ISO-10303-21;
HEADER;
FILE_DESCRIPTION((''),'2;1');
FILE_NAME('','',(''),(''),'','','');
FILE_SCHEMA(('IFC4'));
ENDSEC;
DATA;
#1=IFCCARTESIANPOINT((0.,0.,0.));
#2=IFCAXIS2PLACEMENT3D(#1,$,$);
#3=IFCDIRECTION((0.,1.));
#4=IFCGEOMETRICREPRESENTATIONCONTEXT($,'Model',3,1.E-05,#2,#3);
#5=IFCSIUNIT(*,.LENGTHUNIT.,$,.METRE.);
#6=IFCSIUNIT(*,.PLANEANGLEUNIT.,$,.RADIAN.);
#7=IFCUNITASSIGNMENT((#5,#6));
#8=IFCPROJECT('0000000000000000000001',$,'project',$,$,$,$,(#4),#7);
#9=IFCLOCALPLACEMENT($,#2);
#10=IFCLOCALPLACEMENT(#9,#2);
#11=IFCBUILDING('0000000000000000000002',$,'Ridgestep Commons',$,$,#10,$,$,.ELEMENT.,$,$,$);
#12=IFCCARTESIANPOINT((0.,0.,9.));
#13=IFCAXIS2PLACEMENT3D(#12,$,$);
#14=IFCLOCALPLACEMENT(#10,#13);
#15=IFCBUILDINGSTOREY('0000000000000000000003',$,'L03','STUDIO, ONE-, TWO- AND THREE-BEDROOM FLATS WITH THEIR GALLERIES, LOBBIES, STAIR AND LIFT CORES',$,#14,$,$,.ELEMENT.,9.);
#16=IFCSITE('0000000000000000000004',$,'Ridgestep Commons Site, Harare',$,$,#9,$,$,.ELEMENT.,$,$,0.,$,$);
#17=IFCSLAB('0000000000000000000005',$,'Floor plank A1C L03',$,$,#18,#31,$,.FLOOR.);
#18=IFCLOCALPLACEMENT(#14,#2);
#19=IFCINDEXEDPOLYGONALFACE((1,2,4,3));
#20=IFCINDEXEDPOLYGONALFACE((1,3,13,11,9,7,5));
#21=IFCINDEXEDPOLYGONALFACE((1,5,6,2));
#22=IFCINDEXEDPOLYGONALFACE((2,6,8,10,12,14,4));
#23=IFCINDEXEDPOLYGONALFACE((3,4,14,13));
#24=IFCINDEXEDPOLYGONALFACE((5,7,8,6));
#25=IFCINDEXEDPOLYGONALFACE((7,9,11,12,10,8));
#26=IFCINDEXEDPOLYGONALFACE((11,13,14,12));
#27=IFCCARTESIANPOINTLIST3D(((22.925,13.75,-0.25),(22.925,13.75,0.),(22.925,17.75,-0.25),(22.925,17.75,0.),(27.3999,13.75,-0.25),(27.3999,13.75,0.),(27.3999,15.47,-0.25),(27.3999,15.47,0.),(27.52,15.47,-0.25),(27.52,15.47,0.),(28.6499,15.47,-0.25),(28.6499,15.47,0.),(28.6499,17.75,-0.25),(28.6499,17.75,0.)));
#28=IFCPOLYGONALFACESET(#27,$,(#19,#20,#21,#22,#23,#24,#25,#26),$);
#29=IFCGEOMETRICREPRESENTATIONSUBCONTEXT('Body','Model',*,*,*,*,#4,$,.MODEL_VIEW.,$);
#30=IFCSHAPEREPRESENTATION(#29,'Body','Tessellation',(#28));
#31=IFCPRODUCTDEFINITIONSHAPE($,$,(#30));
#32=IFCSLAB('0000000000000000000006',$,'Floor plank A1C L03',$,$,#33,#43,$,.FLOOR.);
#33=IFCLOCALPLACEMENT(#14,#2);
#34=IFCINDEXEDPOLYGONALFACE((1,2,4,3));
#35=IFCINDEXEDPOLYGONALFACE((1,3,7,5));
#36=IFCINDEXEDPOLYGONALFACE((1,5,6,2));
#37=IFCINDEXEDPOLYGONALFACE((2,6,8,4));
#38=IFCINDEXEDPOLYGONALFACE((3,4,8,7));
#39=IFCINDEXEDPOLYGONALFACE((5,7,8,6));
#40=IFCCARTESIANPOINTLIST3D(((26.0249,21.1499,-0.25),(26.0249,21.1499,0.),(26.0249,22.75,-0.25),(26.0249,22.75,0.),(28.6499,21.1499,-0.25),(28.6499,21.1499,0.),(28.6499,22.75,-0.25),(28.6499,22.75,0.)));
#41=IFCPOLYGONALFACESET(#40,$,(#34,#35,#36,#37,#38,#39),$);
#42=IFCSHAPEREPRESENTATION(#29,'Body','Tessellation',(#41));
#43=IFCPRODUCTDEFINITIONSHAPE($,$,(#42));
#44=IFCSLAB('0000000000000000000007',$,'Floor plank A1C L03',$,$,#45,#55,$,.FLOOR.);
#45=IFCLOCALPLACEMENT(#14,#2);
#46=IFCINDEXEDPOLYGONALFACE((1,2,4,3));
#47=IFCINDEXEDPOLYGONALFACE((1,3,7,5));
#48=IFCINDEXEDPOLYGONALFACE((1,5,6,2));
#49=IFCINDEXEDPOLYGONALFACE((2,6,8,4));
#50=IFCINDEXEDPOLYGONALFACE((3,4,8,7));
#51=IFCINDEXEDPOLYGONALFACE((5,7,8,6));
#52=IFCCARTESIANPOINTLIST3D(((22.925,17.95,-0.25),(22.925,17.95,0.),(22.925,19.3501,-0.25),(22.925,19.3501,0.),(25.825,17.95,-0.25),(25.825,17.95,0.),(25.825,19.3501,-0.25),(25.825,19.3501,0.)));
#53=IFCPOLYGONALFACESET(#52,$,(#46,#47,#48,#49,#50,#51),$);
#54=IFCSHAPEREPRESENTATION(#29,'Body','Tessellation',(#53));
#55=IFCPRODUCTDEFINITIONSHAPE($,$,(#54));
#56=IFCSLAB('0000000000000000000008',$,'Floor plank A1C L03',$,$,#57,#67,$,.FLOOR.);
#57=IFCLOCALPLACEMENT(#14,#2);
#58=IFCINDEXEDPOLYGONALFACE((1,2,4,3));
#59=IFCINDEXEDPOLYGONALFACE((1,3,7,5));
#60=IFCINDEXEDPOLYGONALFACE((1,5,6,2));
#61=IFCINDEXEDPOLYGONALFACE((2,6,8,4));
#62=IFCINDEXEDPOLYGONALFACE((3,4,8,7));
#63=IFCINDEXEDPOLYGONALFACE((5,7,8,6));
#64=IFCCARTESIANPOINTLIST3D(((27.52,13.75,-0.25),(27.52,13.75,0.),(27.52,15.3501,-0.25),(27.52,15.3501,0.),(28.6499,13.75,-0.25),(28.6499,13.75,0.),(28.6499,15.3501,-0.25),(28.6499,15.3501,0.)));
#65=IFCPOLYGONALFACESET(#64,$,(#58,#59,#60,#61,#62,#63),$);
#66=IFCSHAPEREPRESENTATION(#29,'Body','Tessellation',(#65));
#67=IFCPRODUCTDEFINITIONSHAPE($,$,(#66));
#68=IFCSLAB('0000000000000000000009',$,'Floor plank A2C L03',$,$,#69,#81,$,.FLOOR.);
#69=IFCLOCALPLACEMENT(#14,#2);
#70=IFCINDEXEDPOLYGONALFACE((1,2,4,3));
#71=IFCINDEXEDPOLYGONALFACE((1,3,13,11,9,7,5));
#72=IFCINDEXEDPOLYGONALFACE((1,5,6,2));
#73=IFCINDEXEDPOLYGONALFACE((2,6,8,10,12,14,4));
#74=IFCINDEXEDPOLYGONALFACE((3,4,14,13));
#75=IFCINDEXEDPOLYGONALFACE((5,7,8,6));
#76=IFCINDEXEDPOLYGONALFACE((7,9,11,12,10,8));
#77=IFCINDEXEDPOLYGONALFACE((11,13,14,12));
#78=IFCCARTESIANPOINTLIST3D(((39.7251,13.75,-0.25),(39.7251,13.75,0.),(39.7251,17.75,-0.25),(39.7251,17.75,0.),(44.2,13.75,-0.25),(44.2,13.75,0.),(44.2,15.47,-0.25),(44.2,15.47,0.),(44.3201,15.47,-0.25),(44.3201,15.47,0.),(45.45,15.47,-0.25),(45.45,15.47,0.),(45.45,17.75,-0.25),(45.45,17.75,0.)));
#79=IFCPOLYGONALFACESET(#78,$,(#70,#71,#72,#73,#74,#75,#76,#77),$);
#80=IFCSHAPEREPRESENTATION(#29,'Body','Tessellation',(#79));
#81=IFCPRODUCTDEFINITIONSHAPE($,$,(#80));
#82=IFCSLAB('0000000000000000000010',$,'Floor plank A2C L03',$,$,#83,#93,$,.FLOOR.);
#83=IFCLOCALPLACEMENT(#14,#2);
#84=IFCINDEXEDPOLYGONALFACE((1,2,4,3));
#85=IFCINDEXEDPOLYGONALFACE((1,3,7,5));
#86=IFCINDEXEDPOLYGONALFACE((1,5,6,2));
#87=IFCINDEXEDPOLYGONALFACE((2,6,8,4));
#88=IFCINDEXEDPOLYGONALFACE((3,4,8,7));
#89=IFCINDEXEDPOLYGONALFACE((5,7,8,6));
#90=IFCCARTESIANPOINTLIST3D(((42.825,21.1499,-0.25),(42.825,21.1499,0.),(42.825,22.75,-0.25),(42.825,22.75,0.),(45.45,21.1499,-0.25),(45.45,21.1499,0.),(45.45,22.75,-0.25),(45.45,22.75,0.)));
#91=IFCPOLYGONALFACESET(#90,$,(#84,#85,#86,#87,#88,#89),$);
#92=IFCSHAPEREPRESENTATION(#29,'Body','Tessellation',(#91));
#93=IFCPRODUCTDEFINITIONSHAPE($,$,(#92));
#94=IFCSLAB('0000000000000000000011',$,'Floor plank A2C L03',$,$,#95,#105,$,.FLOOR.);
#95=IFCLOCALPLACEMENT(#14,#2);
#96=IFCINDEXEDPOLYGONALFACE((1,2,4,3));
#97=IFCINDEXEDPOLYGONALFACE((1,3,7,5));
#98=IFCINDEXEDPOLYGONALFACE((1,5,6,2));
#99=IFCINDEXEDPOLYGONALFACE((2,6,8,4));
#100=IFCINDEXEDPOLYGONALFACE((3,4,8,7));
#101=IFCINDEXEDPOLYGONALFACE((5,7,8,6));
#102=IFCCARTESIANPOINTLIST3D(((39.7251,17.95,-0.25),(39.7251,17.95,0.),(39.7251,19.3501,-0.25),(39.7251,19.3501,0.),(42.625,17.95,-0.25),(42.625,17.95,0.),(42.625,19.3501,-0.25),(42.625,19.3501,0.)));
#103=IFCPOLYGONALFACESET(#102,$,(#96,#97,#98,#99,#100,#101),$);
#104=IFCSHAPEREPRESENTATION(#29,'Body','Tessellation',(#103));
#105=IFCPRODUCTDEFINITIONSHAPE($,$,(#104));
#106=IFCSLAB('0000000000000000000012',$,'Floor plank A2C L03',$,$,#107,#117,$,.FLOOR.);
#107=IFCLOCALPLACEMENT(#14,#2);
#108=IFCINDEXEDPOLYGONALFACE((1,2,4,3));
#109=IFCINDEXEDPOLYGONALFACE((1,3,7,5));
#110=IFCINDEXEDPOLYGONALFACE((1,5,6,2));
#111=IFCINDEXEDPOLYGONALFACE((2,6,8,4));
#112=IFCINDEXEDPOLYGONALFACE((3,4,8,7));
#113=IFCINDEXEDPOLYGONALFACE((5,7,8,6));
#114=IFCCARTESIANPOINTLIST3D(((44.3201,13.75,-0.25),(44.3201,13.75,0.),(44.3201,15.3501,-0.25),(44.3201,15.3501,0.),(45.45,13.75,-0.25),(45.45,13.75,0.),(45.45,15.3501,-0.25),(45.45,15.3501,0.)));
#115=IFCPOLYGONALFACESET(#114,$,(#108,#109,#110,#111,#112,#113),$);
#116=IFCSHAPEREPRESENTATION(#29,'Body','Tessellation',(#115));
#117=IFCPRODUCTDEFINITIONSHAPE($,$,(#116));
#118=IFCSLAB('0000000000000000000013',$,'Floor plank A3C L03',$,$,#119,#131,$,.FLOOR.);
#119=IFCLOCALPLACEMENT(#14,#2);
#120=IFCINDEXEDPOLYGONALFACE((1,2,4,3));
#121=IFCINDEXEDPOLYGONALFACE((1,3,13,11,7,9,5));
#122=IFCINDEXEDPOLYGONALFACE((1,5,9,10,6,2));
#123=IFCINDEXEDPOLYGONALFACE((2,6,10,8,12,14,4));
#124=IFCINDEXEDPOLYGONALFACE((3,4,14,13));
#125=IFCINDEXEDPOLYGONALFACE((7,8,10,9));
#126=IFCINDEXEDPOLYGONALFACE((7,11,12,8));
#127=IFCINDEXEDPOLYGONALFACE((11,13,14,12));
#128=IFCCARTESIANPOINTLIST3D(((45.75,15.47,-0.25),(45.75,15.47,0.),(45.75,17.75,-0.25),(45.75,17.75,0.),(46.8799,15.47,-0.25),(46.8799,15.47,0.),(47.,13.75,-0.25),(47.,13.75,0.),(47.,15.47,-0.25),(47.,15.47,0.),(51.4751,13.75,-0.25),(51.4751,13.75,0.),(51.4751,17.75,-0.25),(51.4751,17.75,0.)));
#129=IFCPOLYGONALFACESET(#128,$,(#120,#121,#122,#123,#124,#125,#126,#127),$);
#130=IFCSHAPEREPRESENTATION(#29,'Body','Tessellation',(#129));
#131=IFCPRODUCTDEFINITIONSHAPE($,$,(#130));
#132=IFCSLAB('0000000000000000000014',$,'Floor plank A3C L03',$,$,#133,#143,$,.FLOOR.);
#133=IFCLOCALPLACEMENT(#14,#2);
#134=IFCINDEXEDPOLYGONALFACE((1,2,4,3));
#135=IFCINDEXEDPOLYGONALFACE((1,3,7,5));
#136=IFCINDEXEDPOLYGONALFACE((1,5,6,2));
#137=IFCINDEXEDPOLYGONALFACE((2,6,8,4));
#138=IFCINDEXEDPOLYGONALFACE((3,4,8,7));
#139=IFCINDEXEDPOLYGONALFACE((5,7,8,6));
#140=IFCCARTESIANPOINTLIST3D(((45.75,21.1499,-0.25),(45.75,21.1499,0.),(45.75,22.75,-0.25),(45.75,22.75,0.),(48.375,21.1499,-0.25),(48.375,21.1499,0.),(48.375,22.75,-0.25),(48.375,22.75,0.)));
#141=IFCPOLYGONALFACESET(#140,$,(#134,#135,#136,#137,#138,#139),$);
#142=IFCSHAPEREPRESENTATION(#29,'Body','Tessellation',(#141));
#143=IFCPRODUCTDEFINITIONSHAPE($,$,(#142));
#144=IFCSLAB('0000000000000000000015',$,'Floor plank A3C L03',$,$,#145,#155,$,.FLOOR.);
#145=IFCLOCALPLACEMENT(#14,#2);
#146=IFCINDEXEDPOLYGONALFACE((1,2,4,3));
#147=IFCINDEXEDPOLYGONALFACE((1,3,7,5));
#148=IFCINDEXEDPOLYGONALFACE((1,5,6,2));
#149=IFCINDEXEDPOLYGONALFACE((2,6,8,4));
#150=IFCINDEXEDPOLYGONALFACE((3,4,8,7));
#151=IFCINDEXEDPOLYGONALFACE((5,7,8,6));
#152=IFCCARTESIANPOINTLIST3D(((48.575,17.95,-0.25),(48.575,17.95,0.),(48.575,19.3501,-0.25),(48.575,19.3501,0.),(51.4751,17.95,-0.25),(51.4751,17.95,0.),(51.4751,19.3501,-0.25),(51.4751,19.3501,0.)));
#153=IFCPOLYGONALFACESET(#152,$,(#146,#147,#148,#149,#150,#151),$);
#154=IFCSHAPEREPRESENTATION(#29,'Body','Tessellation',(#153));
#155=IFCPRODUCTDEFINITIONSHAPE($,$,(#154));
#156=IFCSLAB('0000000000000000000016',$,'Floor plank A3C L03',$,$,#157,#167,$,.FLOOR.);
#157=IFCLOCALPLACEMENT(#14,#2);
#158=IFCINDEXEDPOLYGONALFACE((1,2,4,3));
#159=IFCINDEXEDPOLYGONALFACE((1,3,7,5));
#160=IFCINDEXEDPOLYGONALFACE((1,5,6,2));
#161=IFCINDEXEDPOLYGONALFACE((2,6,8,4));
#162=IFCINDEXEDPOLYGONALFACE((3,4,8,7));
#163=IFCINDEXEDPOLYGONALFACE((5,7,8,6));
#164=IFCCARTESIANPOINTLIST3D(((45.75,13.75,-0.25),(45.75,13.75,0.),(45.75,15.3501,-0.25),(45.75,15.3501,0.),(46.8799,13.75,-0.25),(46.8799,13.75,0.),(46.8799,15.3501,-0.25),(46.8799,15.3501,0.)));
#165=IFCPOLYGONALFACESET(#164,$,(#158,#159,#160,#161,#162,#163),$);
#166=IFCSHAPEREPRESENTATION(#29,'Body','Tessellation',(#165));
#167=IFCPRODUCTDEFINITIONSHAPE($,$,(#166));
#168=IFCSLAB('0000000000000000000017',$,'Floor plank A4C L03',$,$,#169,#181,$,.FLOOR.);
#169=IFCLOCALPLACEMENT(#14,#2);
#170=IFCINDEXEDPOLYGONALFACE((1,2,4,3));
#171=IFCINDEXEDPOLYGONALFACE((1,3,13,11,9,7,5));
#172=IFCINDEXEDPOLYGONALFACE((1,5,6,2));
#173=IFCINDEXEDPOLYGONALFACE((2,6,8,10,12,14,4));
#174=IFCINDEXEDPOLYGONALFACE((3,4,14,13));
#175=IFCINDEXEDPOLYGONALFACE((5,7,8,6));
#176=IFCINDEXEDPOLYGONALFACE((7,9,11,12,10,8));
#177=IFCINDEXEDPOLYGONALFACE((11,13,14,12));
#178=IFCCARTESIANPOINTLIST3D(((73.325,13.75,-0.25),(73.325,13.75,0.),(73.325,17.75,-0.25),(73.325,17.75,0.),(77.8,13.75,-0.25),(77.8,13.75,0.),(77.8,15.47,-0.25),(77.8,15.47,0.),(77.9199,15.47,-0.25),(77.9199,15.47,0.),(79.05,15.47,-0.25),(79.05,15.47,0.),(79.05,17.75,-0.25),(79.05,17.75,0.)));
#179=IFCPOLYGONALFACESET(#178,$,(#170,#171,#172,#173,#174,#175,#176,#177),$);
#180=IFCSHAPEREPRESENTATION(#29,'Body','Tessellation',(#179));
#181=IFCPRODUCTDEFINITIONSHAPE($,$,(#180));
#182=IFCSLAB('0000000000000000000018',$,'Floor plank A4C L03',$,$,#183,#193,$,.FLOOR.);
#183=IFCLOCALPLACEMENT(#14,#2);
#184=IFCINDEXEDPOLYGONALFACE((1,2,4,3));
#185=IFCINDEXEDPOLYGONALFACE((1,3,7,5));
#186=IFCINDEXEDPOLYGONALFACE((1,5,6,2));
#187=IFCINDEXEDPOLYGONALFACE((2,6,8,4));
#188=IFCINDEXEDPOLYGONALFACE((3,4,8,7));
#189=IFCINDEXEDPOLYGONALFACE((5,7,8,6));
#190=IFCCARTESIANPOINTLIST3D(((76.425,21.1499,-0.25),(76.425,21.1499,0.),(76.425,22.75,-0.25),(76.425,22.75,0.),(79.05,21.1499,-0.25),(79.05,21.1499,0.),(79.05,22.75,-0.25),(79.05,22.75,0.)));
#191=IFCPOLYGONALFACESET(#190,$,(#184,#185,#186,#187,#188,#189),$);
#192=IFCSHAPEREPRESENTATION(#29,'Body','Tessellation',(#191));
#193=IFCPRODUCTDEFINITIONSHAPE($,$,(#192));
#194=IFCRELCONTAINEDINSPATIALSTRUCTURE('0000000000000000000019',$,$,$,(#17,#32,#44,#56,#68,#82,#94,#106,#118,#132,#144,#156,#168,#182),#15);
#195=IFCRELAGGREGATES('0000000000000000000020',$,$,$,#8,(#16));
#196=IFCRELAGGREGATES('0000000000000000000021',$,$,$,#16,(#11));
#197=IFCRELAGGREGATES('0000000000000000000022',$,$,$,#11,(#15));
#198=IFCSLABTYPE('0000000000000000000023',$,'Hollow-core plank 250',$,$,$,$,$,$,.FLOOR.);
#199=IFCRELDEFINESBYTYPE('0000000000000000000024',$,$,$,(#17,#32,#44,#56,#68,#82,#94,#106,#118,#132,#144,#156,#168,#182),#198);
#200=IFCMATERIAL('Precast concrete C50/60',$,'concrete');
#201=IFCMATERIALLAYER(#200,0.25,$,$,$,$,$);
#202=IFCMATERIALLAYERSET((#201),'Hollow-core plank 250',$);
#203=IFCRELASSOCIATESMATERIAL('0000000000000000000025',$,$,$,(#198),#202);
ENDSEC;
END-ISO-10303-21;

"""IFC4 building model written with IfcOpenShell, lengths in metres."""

from ifc_helpers import new_model, si_unit, direction, frame, origin, place, context, subcontext, project, spatial, polyline, outline, extrude, material, layer, layer_set, type_object, element, save


model = new_model("IFC4")

# Units and contexts
model_context = context("Model", 3, precision=1e-05, world=origin(), true_north=direction((0.0, 1.0)))
body_context = subcontext(model_context, "Body", "Model", "MODEL_VIEW")
ifc_project = project(units=[si_unit("LENGTHUNIT", "METRE"), si_unit("PLANEANGLEUNIT", "RADIAN")], contexts=[model_context])

# Site, building, storey
site_placement = place(None, origin())
site = spatial("IfcSite", under=ifc_project, at=site_placement, Name="Ridgestep Commons Site, Harare", CompositionType="ELEMENT", RefElevation=0.0)
building_placement = place(site_placement, origin())
building = spatial("IfcBuilding", under=site, at=building_placement, Name="Ridgestep Commons", CompositionType="ELEMENT")
storey_placement = place(building_placement, frame((0.0, 0.0, 9.0)))
storey = spatial("IfcBuildingStorey", under=building, at=storey_placement, Name="L03", Description="STUDIO, ONE-, TWO- AND THREE-BEDROOM FLATS WITH THEIR GALLERIES, LOBBIES, STAIR AND LIFT CORES", CompositionType="ELEMENT", Elevation=9.0)

# Slabs
ifc_material = material(Name="Precast concrete C50/60", Category="concrete")
ifc_layer = layer(ifc_material, 0.25)
ifc_layer_set = layer_set([ifc_layer], Name="Hollow-core plank 250")
slab_type = type_object("IfcSlabType", Name="Hollow-core plank 250", PredefinedType="FLOOR", material=ifc_layer_set)
slab_1_placement = place(storey_placement, frame((0.0, 0.0, -0.25)))
element("IfcSlab", 1, at=slab_1_placement, inside=storey, type_object=slab_type, Name="Floor plank A1C L03", PredefinedType="FLOOR", context=body_context, shape_type="SweptSolid", body=[
    extrude(outline(polyline([(27.52, 15.47), (28.6499, 15.47), (28.6499, 17.75), (22.925, 17.75), (22.925, 13.75), (27.3999, 13.75), (27.3999, 15.47), (27.52, 15.47)])), origin(), (0.0, 0.0, 1.0), 0.25),
])
slab_2_placement = place(storey_placement, frame((0.0, 0.0, -0.25)))
element("IfcSlab", 2, at=slab_2_placement, inside=storey, type_object=slab_type, Name="Floor plank A1C L03", PredefinedType="FLOOR", context=body_context, shape_type="SweptSolid", body=[
    extrude(outline(polyline([(28.6499, 21.1499), (28.6499, 22.75), (26.0249, 22.75), (26.0249, 21.1499), (28.6499, 21.1499)])), origin(), (0.0, 0.0, 1.0), 0.25),
])
slab_3_placement = place(storey_placement, frame((0.0, 0.0, -0.25)))
element("IfcSlab", 3, at=slab_3_placement, inside=storey, type_object=slab_type, Name="Floor plank A1C L03", PredefinedType="FLOOR", context=body_context, shape_type="SweptSolid", body=[
    extrude(outline(polyline([(25.825, 17.95), (25.825, 19.3501), (22.925, 19.3501), (22.925, 17.95), (25.825, 17.95)])), origin(), (0.0, 0.0, 1.0), 0.25),
])
slab_4_placement = place(storey_placement, frame((0.0, 0.0, -0.25)))
element("IfcSlab", 4, at=slab_4_placement, inside=storey, type_object=slab_type, Name="Floor plank A1C L03", PredefinedType="FLOOR", context=body_context, shape_type="SweptSolid", body=[
    extrude(outline(polyline([(27.52, 13.75), (28.6499, 13.75), (28.6499, 15.3501), (27.52, 15.3501), (27.52, 13.75)])), origin(), (0.0, 0.0, 1.0), 0.25),
])
slab_5_placement = place(storey_placement, frame((0.0, 0.0, -0.25)))
element("IfcSlab", 5, at=slab_5_placement, inside=storey, type_object=slab_type, Name="Floor plank A2C L03", PredefinedType="FLOOR", context=body_context, shape_type="SweptSolid", body=[
    extrude(outline(polyline([(44.3201, 15.47), (45.45, 15.47), (45.45, 17.75), (39.7251, 17.75), (39.7251, 13.75), (44.2, 13.75), (44.2, 15.47), (44.3201, 15.47)])), origin(), (0.0, 0.0, 1.0), 0.25),
])
slab_6_placement = place(storey_placement, frame((0.0, 0.0, -0.25)))
element("IfcSlab", 6, at=slab_6_placement, inside=storey, type_object=slab_type, Name="Floor plank A2C L03", PredefinedType="FLOOR", context=body_context, shape_type="SweptSolid", body=[
    extrude(outline(polyline([(45.45, 21.1499), (45.45, 22.75), (42.825, 22.75), (42.825, 21.1499), (45.45, 21.1499)])), origin(), (0.0, 0.0, 1.0), 0.25),
])
slab_7_placement = place(storey_placement, frame((0.0, 0.0, -0.25)))
element("IfcSlab", 7, at=slab_7_placement, inside=storey, type_object=slab_type, Name="Floor plank A2C L03", PredefinedType="FLOOR", context=body_context, shape_type="SweptSolid", body=[
    extrude(outline(polyline([(42.625, 17.95), (42.625, 19.3501), (39.7251, 19.3501), (39.7251, 17.95), (42.625, 17.95)])), origin(), (0.0, 0.0, 1.0), 0.25),
])
slab_8_placement = place(storey_placement, frame((0.0, 0.0, -0.25)))
element("IfcSlab", 8, at=slab_8_placement, inside=storey, type_object=slab_type, Name="Floor plank A2C L03", PredefinedType="FLOOR", context=body_context, shape_type="SweptSolid", body=[
    extrude(outline(polyline([(44.3201, 13.75), (45.45, 13.75), (45.45, 15.3501), (44.3201, 15.3501), (44.3201, 13.75)])), origin(), (0.0, 0.0, 1.0), 0.25),
])
slab_9_placement = place(storey_placement, frame((0.0, 0.0, -0.25)))
element("IfcSlab", 9, at=slab_9_placement, inside=storey, type_object=slab_type, Name="Floor plank A3C L03", PredefinedType="FLOOR", context=body_context, shape_type="SweptSolid", body=[
    extrude(outline(polyline([(47.0, 13.75), (51.4751, 13.75), (51.4751, 17.75), (45.75, 17.75), (45.75, 15.47), (46.8799, 15.47), (47.0, 15.47), (47.0, 13.75)])), origin(), (0.0, 0.0, 1.0), 0.25),
])
slab_10_placement = place(storey_placement, frame((0.0, 0.0, -0.25)))
element("IfcSlab", 10, at=slab_10_placement, inside=storey, type_object=slab_type, Name="Floor plank A3C L03", PredefinedType="FLOOR", context=body_context, shape_type="SweptSolid", body=[
    extrude(outline(polyline([(48.375, 22.75), (45.75, 22.75), (45.75, 21.1499), (48.375, 21.1499), (48.375, 22.75)])), origin(), (0.0, 0.0, 1.0), 0.25),
])
slab_11_placement = place(storey_placement, frame((0.0, 0.0, -0.25)))
element("IfcSlab", 11, at=slab_11_placement, inside=storey, type_object=slab_type, Name="Floor plank A3C L03", PredefinedType="FLOOR", context=body_context, shape_type="SweptSolid", body=[
    extrude(outline(polyline([(51.4751, 17.95), (51.4751, 19.3501), (48.575, 19.3501), (48.575, 17.95), (51.4751, 17.95)])), origin(), (0.0, 0.0, 1.0), 0.25),
])
slab_12_placement = place(storey_placement, frame((0.0, 0.0, -0.25)))
element("IfcSlab", 12, at=slab_12_placement, inside=storey, type_object=slab_type, Name="Floor plank A3C L03", PredefinedType="FLOOR", context=body_context, shape_type="SweptSolid", body=[
    extrude(outline(polyline([(46.8799, 15.3501), (45.75, 15.3501), (45.75, 13.75), (46.8799, 13.75), (46.8799, 15.3501)])), origin(), (0.0, 0.0, 1.0), 0.25),
])
slab_13_placement = place(storey_placement, frame((0.0, 0.0, -0.25)))
element("IfcSlab", 13, at=slab_13_placement, inside=storey, type_object=slab_type, Name="Floor plank A4C L03", PredefinedType="FLOOR", context=body_context, shape_type="SweptSolid", body=[
    extrude(outline(polyline([(77.9199, 15.47), (79.05, 15.47), (79.05, 17.75), (73.325, 17.75), (73.325, 13.75), (77.8, 13.75), (77.8, 15.47), (77.9199, 15.47)])), origin(), (0.0, 0.0, 1.0), 0.25),
])
slab_14_placement = place(storey_placement, frame((0.0, 0.0, -0.25)))
element("IfcSlab", 14, at=slab_14_placement, inside=storey, type_object=slab_type, Name="Floor plank A4C L03", PredefinedType="FLOOR", context=body_context, shape_type="SweptSolid", body=[
    extrude(outline(polyline([(79.05, 21.1499), (79.05, 22.75), (76.425, 22.75), (76.425, 21.1499), (79.05, 21.1499)])), origin(), (0.0, 0.0, 1.0), 0.25),
])

save(model, "model.ifc")
